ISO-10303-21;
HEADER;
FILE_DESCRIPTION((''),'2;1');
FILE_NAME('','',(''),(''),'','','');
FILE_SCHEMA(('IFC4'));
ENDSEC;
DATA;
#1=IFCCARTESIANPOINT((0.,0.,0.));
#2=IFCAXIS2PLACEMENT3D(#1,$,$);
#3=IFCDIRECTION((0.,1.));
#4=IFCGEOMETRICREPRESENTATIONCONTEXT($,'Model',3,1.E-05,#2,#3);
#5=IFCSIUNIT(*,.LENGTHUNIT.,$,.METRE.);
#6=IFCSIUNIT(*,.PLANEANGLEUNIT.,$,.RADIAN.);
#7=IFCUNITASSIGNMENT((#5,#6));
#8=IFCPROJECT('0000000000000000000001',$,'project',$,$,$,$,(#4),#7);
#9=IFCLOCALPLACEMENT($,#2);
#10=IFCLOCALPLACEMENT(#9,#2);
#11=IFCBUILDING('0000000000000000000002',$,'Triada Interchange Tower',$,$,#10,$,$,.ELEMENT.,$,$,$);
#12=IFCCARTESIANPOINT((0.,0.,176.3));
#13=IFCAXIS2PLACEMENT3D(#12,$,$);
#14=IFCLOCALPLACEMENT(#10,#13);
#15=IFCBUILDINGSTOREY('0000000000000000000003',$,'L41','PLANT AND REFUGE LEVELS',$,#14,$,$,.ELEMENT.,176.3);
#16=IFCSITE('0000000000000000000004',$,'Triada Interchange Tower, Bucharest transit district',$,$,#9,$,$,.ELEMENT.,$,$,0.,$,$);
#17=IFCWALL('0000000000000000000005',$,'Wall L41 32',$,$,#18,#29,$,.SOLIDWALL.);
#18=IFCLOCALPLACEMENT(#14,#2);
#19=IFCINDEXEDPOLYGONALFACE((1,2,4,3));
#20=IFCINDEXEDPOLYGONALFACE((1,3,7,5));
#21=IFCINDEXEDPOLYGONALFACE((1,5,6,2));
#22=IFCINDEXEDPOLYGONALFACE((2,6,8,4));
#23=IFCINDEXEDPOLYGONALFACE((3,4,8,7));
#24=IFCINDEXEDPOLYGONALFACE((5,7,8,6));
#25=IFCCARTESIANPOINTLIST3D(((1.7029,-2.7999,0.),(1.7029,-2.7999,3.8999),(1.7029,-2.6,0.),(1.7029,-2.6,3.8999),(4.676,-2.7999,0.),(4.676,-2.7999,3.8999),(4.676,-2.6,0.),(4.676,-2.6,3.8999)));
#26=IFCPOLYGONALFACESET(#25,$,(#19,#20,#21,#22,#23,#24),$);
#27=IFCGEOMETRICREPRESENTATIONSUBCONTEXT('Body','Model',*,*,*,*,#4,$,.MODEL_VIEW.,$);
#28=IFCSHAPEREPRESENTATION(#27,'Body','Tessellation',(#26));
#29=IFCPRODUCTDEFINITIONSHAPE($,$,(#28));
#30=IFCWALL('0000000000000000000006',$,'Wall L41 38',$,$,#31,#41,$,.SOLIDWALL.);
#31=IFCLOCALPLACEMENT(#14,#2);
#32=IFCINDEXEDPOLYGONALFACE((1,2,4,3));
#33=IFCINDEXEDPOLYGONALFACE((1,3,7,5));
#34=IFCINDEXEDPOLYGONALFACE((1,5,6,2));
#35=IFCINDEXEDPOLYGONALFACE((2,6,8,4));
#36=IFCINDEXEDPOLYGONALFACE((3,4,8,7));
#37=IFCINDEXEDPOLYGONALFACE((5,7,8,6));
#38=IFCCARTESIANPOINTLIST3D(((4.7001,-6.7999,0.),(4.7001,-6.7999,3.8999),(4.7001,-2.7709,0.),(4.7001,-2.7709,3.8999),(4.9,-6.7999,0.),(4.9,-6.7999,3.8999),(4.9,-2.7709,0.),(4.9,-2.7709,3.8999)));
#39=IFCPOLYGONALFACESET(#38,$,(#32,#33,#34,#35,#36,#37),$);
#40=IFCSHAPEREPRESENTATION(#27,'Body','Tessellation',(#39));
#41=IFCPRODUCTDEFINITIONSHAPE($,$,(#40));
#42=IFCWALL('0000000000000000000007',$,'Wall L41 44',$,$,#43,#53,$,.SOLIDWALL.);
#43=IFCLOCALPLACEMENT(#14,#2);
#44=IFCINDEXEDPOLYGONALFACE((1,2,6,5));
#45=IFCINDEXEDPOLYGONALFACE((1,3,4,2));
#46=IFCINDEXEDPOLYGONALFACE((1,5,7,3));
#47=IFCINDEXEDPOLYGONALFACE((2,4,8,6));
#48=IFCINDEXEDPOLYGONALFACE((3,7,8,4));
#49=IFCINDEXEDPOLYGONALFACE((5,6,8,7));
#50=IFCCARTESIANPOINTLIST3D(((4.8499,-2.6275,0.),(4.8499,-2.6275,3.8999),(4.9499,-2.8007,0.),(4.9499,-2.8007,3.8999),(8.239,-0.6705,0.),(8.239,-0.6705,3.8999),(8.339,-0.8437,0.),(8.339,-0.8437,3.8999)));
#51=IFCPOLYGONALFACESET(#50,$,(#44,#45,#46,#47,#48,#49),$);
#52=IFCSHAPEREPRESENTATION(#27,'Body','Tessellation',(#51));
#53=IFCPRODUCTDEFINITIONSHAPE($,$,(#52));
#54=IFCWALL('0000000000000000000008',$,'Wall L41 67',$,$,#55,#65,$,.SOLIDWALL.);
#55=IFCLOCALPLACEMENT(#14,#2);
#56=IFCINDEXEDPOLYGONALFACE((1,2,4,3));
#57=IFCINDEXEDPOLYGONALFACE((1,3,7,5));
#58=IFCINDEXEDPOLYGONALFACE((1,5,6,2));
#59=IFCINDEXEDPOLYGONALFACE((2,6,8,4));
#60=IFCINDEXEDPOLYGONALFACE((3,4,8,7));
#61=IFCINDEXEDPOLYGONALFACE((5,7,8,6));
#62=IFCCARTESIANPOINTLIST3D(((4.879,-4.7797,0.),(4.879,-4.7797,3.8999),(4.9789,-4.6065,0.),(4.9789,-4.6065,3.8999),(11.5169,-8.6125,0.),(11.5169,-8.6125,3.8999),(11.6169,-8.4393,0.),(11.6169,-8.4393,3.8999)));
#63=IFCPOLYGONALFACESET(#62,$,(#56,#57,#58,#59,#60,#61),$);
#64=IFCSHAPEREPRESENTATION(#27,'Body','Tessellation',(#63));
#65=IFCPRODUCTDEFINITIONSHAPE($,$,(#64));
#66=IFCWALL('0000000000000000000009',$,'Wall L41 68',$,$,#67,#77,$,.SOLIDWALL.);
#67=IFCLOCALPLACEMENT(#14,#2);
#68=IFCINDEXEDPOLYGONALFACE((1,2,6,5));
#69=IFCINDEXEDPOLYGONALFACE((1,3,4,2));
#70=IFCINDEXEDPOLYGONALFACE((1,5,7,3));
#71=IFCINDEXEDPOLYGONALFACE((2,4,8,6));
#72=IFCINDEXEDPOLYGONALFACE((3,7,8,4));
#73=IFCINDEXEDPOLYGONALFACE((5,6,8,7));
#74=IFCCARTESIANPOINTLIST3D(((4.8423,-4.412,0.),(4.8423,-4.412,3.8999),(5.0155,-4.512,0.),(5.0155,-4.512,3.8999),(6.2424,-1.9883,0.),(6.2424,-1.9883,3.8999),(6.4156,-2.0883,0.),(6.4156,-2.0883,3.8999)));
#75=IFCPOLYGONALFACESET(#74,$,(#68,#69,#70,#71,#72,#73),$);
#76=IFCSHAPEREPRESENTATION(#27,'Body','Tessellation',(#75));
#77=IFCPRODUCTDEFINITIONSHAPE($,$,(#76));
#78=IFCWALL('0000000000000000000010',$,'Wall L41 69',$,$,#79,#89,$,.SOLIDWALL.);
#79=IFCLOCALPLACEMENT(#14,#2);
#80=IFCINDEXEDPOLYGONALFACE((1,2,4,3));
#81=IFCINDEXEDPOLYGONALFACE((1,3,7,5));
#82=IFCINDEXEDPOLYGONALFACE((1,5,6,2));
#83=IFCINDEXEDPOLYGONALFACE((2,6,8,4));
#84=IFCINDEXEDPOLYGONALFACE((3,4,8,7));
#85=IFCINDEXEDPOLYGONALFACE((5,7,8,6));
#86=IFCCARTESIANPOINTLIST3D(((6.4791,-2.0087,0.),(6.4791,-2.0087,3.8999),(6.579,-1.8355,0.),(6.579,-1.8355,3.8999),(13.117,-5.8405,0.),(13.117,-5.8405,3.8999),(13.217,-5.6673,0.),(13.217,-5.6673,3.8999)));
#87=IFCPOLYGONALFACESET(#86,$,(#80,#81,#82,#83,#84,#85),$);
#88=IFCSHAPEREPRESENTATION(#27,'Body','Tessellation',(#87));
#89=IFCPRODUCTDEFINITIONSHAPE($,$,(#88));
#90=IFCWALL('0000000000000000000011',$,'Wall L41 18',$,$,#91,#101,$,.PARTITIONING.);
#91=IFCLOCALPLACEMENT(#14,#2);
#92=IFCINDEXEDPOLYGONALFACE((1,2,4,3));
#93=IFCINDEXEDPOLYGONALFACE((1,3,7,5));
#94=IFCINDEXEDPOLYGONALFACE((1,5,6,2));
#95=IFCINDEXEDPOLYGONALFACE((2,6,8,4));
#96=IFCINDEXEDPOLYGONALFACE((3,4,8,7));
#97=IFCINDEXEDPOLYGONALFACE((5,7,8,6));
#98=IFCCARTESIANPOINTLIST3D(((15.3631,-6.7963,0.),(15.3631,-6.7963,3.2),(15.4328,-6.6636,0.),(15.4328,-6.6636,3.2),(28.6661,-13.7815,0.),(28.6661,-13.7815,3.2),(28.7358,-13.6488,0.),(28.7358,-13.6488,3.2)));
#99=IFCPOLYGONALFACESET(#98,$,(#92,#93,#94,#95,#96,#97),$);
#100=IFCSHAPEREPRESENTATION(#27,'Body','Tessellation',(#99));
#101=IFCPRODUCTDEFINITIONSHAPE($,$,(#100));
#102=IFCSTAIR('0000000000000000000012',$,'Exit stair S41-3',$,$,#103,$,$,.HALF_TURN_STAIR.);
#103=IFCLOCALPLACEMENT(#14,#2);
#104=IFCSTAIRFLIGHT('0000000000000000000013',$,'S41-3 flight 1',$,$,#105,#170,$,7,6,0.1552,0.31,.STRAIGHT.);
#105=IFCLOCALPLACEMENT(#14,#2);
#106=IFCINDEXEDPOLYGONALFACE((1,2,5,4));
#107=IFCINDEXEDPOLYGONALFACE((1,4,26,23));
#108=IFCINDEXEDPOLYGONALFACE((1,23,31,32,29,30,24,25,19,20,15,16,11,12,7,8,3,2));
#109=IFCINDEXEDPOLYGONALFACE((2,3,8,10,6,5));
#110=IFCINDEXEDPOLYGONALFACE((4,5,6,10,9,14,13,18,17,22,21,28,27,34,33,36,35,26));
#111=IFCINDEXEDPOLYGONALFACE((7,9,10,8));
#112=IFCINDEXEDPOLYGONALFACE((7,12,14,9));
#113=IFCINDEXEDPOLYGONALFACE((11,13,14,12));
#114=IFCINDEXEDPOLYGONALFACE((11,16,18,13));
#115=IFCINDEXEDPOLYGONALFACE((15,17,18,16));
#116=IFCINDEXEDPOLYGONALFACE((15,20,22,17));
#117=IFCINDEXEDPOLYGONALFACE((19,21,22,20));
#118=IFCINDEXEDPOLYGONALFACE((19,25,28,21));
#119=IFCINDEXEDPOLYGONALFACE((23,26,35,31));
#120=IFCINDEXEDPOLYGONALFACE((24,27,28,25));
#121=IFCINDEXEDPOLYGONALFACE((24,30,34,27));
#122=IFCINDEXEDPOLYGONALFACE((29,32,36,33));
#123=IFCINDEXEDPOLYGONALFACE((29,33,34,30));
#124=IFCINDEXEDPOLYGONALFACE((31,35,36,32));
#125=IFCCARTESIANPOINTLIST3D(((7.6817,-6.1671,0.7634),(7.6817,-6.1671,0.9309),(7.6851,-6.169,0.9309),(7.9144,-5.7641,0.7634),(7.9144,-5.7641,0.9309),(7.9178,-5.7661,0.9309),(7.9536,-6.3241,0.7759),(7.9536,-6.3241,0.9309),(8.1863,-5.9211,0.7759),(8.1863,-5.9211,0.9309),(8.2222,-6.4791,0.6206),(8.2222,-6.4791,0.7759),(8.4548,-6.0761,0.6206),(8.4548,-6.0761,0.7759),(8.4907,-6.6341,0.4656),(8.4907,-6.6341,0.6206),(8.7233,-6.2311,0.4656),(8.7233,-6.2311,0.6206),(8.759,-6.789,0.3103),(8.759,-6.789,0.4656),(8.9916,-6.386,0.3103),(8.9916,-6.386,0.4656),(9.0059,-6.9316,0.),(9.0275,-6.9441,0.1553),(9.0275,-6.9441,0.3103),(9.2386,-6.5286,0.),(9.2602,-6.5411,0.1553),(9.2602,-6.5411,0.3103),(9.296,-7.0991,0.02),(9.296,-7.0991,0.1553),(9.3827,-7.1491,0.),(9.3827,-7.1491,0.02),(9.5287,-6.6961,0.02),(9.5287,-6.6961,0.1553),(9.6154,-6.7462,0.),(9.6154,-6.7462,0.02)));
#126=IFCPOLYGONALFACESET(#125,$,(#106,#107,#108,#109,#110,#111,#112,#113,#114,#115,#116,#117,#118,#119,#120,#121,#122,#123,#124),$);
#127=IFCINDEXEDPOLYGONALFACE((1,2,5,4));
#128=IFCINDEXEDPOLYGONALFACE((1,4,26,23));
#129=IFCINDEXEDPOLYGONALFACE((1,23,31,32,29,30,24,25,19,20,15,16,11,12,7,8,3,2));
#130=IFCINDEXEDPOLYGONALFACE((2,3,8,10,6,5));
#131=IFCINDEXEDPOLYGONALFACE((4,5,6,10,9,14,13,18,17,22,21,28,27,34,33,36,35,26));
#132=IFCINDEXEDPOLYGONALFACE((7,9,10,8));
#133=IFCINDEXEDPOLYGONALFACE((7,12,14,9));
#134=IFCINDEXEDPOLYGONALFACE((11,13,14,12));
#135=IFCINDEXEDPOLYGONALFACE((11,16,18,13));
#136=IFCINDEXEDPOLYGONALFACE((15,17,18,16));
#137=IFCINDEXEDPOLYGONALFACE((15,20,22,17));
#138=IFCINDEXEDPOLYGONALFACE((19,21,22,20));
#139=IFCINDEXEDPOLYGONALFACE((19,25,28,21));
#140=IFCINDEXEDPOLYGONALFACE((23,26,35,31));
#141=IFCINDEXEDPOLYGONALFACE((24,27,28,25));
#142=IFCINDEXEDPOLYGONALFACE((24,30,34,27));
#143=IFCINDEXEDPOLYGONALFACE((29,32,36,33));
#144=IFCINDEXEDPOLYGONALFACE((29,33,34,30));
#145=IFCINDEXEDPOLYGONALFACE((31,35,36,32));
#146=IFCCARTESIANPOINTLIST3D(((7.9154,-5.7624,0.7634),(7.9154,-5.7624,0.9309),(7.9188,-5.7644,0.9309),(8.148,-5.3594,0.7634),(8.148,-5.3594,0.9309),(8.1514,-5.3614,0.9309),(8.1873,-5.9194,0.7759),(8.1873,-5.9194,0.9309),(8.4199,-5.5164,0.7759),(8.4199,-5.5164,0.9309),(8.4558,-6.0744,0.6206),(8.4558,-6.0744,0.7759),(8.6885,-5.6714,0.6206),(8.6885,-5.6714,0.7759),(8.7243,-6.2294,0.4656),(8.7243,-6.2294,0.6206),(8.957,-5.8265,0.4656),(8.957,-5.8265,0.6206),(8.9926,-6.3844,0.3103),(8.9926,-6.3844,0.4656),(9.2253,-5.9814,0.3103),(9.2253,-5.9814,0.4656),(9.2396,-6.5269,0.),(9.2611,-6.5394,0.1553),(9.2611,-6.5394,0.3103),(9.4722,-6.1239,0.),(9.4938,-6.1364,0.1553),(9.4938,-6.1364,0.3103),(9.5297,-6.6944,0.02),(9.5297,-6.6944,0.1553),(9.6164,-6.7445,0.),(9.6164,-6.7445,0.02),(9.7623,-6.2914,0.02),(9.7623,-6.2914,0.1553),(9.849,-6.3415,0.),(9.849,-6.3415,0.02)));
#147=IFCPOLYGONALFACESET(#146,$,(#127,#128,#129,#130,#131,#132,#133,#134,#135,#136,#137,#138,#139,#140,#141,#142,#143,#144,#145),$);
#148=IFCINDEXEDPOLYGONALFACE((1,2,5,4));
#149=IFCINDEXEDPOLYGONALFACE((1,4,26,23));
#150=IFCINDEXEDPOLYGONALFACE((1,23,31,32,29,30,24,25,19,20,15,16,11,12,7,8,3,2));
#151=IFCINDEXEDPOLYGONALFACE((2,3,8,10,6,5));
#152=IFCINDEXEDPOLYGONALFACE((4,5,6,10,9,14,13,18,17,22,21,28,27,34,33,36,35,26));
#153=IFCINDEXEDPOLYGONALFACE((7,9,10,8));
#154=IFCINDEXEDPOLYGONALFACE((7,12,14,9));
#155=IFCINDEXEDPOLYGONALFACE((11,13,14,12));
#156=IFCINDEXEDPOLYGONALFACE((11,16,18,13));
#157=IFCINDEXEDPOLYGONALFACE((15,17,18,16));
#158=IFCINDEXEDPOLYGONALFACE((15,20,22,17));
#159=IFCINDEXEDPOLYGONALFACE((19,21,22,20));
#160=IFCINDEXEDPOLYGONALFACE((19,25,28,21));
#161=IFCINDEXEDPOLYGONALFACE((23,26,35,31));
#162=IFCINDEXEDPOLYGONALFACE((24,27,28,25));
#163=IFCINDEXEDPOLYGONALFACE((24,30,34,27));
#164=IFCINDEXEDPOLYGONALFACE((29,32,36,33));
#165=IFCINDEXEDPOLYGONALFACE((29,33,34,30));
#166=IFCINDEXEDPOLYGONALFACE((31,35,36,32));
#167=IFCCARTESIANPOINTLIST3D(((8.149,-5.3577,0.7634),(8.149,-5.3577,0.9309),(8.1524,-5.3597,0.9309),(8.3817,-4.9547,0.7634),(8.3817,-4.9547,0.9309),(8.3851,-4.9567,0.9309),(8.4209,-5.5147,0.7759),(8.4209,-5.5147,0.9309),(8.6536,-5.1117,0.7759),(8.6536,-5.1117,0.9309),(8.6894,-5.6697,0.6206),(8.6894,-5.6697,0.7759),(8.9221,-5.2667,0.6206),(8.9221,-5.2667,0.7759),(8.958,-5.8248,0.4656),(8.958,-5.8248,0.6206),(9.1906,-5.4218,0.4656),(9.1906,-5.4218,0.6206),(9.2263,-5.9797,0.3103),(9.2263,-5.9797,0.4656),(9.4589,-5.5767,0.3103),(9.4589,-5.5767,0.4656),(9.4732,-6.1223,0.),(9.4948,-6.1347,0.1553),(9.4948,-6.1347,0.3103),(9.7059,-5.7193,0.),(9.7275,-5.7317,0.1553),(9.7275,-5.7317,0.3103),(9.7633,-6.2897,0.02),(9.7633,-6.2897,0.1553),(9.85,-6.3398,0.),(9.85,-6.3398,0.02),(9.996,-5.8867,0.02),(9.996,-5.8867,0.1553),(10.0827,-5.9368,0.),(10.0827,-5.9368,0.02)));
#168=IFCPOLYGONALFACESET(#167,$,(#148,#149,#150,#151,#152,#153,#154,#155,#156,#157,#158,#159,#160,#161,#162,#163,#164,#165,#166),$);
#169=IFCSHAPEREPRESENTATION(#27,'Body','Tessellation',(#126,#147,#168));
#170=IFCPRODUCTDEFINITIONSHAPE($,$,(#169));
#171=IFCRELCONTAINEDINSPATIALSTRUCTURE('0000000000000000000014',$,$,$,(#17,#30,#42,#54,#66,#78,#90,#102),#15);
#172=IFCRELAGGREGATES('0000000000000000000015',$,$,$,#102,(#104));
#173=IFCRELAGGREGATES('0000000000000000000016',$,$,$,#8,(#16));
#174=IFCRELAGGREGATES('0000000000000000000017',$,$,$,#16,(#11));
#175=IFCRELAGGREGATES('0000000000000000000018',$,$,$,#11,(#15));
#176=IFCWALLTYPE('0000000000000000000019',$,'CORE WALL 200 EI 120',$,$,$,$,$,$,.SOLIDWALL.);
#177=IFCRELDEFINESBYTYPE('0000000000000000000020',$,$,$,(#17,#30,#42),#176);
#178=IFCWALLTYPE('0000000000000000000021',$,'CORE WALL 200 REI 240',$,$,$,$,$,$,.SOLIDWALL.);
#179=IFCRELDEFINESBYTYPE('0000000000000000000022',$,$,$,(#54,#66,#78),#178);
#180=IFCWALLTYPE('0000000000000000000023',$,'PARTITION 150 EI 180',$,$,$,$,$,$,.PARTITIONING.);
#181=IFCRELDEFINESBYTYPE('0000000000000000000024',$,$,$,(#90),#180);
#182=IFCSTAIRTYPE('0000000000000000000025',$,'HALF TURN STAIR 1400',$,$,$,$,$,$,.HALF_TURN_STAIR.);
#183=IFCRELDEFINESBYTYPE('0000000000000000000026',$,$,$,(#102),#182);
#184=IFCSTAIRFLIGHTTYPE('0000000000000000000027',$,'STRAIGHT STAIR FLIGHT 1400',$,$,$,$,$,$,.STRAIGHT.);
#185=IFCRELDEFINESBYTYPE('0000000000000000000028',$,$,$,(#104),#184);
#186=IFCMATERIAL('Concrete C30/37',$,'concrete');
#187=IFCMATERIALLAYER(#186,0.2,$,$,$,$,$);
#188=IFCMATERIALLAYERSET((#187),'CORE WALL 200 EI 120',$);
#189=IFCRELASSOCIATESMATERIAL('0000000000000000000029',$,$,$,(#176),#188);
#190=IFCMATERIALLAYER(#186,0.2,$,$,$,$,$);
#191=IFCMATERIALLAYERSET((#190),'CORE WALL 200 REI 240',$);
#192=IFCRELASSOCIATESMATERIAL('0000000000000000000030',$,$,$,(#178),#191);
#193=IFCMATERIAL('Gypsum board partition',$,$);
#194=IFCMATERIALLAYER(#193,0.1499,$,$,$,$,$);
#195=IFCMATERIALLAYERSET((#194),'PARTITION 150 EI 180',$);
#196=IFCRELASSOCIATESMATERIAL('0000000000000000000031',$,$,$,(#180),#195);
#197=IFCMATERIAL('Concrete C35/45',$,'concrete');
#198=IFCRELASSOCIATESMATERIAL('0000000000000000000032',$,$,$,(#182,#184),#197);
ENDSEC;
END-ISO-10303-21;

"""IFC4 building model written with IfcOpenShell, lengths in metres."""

from ifc_helpers import new_model, si_unit, direction, frame, frame_2d, origin, place, context, subcontext, project, spatial, polyline, rectangle, outline, extrude, material, layer, layer_set, type_object, element, aggregate, save


model = new_model("IFC4")

# Units and contexts
model_context = context("Model", 3, precision=1e-05, world=origin(), true_north=direction((0.0, 1.0)))
body_context = subcontext(model_context, "Body", "Model", "MODEL_VIEW")
ifc_project = project(units=[si_unit("LENGTHUNIT", "METRE"), si_unit("PLANEANGLEUNIT", "RADIAN")], contexts=[model_context])

# Site, building, storey
site_placement = place(None, origin())
site = spatial("IfcSite", under=ifc_project, at=site_placement, Name="Triada Interchange Tower, Bucharest transit district", CompositionType="ELEMENT", RefElevation=0.0)
building_placement = place(site_placement, origin())
building = spatial("IfcBuilding", under=site, at=building_placement, Name="Triada Interchange Tower", CompositionType="ELEMENT")
storey_placement = place(building_placement, frame((0.0, 0.0, 176.3)))
storey = spatial("IfcBuildingStorey", under=building, at=storey_placement, Name="L41", Description="PLANT AND REFUGE LEVELS", CompositionType="ELEMENT", Elevation=176.3)

# Shared definitions
ifc_material_1 = material(Name="Concrete C35/45", Category="concrete")

# Walls
ifc_material_2 = material(Name="Concrete C30/37", Category="concrete")
ifc_layer_1 = layer(ifc_material_2, 0.2)
ifc_layer_set_1 = layer_set([ifc_layer_1], Name="CORE WALL 200 EI 120")
wall_type_1 = type_object("IfcWallType", Name="CORE WALL 200 EI 120", PredefinedType="SOLIDWALL", material=ifc_layer_set_1)
wall_1_placement = place(storey_placement, frame((1.7029, -2.7, 0.0), z_axis=(0.0, 0.0, 1.0), x_axis=(1.0, 0.0, 0.0)))
element("IfcWall", 1, at=wall_1_placement, inside=storey, type_object=wall_type_1, Name="Wall L41 32", PredefinedType="SOLIDWALL", context=body_context, shape_type="SweptSolid", body=[
    extrude(rectangle(XDim=2.9731, YDim=0.2, at=frame_2d((1.4866, 0.0))), origin(), (0.0, 0.0, 1.0), 3.8999),
])
wall_2_placement = place(storey_placement, frame((4.8, -6.8, 0.0), z_axis=(0.0, 0.0, 1.0), x_axis=(0.0, 1.0, 0.0)))
element("IfcWall", 2, at=wall_2_placement, inside=storey, type_object=wall_type_1, Name="Wall L41 38", PredefinedType="SOLIDWALL", context=body_context, shape_type="SweptSolid", body=[
    extrude(rectangle(XDim=4.0291, YDim=0.2, at=frame_2d((2.0146, 0.0))), origin(), (0.0, 0.0, 1.0), 3.8999),
])
wall_3_placement = place(storey_placement, frame((4.8999, -2.7141, 0.0), z_axis=(0.0, 0.0, 1.0), x_axis=(0.865992, 0.500057, 0.0)))
element("IfcWall", 3, at=wall_3_placement, inside=storey, type_object=wall_type_1, Name="Wall L41 44", PredefinedType="SOLIDWALL", context=body_context, shape_type="SweptSolid", body=[
    extrude(rectangle(XDim=3.9136, YDim=0.2, at=frame_2d((1.9568, 0.0))), origin(), (0.0, 0.0, 1.0), 3.8999),
])
ifc_layer_2 = layer(ifc_material_2, 0.2)
ifc_layer_set_2 = layer_set([ifc_layer_2], Name="CORE WALL 200 REI 240")
wall_type_2 = type_object("IfcWallType", Name="CORE WALL 200 REI 240", PredefinedType="SOLIDWALL", material=ifc_layer_set_2)
wall_4_placement = place(storey_placement, frame((4.929, -4.6931, 0.0), z_axis=(0.0, 0.0, 1.0), x_axis=(0.866006, -0.500034, 0.0)))
element("IfcWall", 4, at=wall_4_placement, inside=storey, type_object=wall_type_2, Name="Wall L41 67", PredefinedType="SOLIDWALL", context=body_context, shape_type="SweptSolid", body=[
    extrude(rectangle(XDim=7.665, YDim=0.2, at=frame_2d((3.8325, 0.0))), origin(), (0.0, 0.0, 1.0), 3.8999),
])
wall_5_placement = place(storey_placement, frame((4.929, -4.4619, 0.0), z_axis=(0.0, 0.0, 1.0), x_axis=(0.500201, 0.86591, 0.0)))
element("IfcWall", 5, at=wall_5_placement, inside=storey, type_object=wall_type_2, Name="Wall L41 68", PredefinedType="SOLIDWALL", context=body_context, shape_type="SweptSolid", body=[
    extrude(rectangle(XDim=2.7991, YDim=0.2, at=frame_2d((1.3994, 0.0))), origin(), (0.0, 0.0, 1.0), 3.8999),
])
wall_6_placement = place(storey_placement, frame((6.5291, -1.9221, 0.0), z_axis=(0.0, 0.0, 1.0), x_axis=(0.866061, -0.499938, 0.0)))
element("IfcWall", 6, at=wall_6_placement, inside=storey, type_object=wall_type_2, Name="Wall L41 69", PredefinedType="SOLIDWALL", context=body_context, shape_type="SweptSolid", body=[
    extrude(rectangle(XDim=7.6646, YDim=0.2, at=frame_2d((3.8323, 0.0))), origin(), (0.0, 0.0, 1.0), 3.8999),
])

# Wall
ifc_material_3 = material(Name="Gypsum board partition")
ifc_layer_3 = layer(ifc_material_3, 0.1499)
ifc_layer_set_3 = layer_set([ifc_layer_3], Name="PARTITION 150 EI 180")
wall_type_3 = type_object("IfcWallType", Name="PARTITION 150 EI 180", PredefinedType="PARTITIONING", material=ifc_layer_set_3)
wall_7_placement = place(storey_placement, frame((15.3979, -6.73, 0.0), z_axis=(0.0, 0.0, 1.0), x_axis=(0.885369, -0.464888, 0.0)))
element("IfcWall", 7, at=wall_7_placement, inside=storey, type_object=wall_type_3, Name="Wall L41 18", PredefinedType="PARTITIONING", context=body_context, shape_type="SweptSolid", body=[
    extrude(rectangle(XDim=15.0254, YDim=0.1499, at=frame_2d((7.5127, 0.0))), origin(), (0.0, 0.0, 1.0), 3.2),
])

# Stair, stair flight
stair_type = type_object("IfcStairType", Name="HALF TURN STAIR 1400", PredefinedType="HALF_TURN_STAIR", material=ifc_material_1)
stair_placement = place(storey_placement, origin())
stair = element("IfcStair", 8, at=stair_placement, inside=storey, type_object=stair_type, Name="Exit stair S41-3", PredefinedType="HALF_TURN_STAIR")
stair_flight_type = type_object("IfcStairFlightType", Name="STRAIGHT STAIR FLIGHT 1400", PredefinedType="STRAIGHT", material=ifc_material_1)
stair_flight_1_placement = place(storey_placement, frame((9.646, -6.4929, 0.0), z_axis=(0.0, 0.0, 1.0), x_axis=(-0.866025, 0.5, 0.0)))
stair_flight_1 = element("IfcStairFlight", 9, at=stair_flight_1_placement, type_object=stair_flight_type, Name="S41-3 flight 1", NumberOfRisers=7, NumberOfTreads=6, PredefinedType="STRAIGHT", RiserHeight=0.1552, TreadLength=0.31, context=body_context, shape_type="SweptSolid", body=[
    extrude(outline(polyline([(-0.1001, 0.0), (-0.1001, 0.02), (0.0, 0.02), (0.0, 0.1553), (0.3101, 0.1553), (0.3101, 0.3103), (0.6201, 0.3103), (0.6201, 0.4656), (0.9299, 0.4656), (0.9299, 0.6206), (1.24, 0.6206), (1.24, 0.7759), (1.55, 0.7759), (1.55, 0.9309), (1.8601, 0.9309), (1.864, 0.9309), (1.864, 1.0862), (1.864, 0.7634), (0.335, 0.0), (-0.1001, 0.0)])), frame((0.0, 0.7, 0.0), z_axis=(0.0, -1.0, 0.0), x_axis=(1.0, 0.0, 0.0)), (0.0, 0.0, 1.0), 0.4653),
    extrude(outline(polyline([(-0.1001, 0.0), (-0.1001, 0.02), (0.0, 0.02), (0.0, 0.1553), (0.3101, 0.1553), (0.3101, 0.3103), (0.6201, 0.3103), (0.6201, 0.4656), (0.9299, 0.4656), (0.9299, 0.6206), (1.24, 0.6206), (1.24, 0.7759), (1.55, 0.7759), (1.55, 0.9309), (1.8601, 0.9309), (1.864, 0.9309), (1.864, 1.0862), (1.864, 0.7634), (0.335, 0.0), (-0.1001, 0.0)])), frame((0.0, 0.2327, 0.0), z_axis=(0.0, -1.0, 0.0), x_axis=(1.0, 0.0, 0.0)), (0.0, 0.0, 1.0), 0.4653),
    extrude(outline(polyline([(-0.1001, 0.0), (-0.1001, 0.02), (0.0, 0.02), (0.0, 0.1553), (0.3101, 0.1553), (0.3101, 0.3103), (0.6201, 0.3103), (0.6201, 0.4656), (0.9299, 0.4656), (0.9299, 0.6206), (1.24, 0.6206), (1.24, 0.7759), (1.55, 0.7759), (1.55, 0.9309), (1.8601, 0.9309), (1.864, 0.9309), (1.864, 1.0862), (1.864, 0.7634), (0.335, 0.0), (-0.1001, 0.0)])), frame((0.0, -0.2346, 0.0), z_axis=(0.0, -1.0, 0.0), x_axis=(1.0, 0.0, 0.0)), (0.0, 0.0, 1.0), 0.4653),
])
aggregate(stair, [stair_flight_1])

save(model, "model.ifc")
